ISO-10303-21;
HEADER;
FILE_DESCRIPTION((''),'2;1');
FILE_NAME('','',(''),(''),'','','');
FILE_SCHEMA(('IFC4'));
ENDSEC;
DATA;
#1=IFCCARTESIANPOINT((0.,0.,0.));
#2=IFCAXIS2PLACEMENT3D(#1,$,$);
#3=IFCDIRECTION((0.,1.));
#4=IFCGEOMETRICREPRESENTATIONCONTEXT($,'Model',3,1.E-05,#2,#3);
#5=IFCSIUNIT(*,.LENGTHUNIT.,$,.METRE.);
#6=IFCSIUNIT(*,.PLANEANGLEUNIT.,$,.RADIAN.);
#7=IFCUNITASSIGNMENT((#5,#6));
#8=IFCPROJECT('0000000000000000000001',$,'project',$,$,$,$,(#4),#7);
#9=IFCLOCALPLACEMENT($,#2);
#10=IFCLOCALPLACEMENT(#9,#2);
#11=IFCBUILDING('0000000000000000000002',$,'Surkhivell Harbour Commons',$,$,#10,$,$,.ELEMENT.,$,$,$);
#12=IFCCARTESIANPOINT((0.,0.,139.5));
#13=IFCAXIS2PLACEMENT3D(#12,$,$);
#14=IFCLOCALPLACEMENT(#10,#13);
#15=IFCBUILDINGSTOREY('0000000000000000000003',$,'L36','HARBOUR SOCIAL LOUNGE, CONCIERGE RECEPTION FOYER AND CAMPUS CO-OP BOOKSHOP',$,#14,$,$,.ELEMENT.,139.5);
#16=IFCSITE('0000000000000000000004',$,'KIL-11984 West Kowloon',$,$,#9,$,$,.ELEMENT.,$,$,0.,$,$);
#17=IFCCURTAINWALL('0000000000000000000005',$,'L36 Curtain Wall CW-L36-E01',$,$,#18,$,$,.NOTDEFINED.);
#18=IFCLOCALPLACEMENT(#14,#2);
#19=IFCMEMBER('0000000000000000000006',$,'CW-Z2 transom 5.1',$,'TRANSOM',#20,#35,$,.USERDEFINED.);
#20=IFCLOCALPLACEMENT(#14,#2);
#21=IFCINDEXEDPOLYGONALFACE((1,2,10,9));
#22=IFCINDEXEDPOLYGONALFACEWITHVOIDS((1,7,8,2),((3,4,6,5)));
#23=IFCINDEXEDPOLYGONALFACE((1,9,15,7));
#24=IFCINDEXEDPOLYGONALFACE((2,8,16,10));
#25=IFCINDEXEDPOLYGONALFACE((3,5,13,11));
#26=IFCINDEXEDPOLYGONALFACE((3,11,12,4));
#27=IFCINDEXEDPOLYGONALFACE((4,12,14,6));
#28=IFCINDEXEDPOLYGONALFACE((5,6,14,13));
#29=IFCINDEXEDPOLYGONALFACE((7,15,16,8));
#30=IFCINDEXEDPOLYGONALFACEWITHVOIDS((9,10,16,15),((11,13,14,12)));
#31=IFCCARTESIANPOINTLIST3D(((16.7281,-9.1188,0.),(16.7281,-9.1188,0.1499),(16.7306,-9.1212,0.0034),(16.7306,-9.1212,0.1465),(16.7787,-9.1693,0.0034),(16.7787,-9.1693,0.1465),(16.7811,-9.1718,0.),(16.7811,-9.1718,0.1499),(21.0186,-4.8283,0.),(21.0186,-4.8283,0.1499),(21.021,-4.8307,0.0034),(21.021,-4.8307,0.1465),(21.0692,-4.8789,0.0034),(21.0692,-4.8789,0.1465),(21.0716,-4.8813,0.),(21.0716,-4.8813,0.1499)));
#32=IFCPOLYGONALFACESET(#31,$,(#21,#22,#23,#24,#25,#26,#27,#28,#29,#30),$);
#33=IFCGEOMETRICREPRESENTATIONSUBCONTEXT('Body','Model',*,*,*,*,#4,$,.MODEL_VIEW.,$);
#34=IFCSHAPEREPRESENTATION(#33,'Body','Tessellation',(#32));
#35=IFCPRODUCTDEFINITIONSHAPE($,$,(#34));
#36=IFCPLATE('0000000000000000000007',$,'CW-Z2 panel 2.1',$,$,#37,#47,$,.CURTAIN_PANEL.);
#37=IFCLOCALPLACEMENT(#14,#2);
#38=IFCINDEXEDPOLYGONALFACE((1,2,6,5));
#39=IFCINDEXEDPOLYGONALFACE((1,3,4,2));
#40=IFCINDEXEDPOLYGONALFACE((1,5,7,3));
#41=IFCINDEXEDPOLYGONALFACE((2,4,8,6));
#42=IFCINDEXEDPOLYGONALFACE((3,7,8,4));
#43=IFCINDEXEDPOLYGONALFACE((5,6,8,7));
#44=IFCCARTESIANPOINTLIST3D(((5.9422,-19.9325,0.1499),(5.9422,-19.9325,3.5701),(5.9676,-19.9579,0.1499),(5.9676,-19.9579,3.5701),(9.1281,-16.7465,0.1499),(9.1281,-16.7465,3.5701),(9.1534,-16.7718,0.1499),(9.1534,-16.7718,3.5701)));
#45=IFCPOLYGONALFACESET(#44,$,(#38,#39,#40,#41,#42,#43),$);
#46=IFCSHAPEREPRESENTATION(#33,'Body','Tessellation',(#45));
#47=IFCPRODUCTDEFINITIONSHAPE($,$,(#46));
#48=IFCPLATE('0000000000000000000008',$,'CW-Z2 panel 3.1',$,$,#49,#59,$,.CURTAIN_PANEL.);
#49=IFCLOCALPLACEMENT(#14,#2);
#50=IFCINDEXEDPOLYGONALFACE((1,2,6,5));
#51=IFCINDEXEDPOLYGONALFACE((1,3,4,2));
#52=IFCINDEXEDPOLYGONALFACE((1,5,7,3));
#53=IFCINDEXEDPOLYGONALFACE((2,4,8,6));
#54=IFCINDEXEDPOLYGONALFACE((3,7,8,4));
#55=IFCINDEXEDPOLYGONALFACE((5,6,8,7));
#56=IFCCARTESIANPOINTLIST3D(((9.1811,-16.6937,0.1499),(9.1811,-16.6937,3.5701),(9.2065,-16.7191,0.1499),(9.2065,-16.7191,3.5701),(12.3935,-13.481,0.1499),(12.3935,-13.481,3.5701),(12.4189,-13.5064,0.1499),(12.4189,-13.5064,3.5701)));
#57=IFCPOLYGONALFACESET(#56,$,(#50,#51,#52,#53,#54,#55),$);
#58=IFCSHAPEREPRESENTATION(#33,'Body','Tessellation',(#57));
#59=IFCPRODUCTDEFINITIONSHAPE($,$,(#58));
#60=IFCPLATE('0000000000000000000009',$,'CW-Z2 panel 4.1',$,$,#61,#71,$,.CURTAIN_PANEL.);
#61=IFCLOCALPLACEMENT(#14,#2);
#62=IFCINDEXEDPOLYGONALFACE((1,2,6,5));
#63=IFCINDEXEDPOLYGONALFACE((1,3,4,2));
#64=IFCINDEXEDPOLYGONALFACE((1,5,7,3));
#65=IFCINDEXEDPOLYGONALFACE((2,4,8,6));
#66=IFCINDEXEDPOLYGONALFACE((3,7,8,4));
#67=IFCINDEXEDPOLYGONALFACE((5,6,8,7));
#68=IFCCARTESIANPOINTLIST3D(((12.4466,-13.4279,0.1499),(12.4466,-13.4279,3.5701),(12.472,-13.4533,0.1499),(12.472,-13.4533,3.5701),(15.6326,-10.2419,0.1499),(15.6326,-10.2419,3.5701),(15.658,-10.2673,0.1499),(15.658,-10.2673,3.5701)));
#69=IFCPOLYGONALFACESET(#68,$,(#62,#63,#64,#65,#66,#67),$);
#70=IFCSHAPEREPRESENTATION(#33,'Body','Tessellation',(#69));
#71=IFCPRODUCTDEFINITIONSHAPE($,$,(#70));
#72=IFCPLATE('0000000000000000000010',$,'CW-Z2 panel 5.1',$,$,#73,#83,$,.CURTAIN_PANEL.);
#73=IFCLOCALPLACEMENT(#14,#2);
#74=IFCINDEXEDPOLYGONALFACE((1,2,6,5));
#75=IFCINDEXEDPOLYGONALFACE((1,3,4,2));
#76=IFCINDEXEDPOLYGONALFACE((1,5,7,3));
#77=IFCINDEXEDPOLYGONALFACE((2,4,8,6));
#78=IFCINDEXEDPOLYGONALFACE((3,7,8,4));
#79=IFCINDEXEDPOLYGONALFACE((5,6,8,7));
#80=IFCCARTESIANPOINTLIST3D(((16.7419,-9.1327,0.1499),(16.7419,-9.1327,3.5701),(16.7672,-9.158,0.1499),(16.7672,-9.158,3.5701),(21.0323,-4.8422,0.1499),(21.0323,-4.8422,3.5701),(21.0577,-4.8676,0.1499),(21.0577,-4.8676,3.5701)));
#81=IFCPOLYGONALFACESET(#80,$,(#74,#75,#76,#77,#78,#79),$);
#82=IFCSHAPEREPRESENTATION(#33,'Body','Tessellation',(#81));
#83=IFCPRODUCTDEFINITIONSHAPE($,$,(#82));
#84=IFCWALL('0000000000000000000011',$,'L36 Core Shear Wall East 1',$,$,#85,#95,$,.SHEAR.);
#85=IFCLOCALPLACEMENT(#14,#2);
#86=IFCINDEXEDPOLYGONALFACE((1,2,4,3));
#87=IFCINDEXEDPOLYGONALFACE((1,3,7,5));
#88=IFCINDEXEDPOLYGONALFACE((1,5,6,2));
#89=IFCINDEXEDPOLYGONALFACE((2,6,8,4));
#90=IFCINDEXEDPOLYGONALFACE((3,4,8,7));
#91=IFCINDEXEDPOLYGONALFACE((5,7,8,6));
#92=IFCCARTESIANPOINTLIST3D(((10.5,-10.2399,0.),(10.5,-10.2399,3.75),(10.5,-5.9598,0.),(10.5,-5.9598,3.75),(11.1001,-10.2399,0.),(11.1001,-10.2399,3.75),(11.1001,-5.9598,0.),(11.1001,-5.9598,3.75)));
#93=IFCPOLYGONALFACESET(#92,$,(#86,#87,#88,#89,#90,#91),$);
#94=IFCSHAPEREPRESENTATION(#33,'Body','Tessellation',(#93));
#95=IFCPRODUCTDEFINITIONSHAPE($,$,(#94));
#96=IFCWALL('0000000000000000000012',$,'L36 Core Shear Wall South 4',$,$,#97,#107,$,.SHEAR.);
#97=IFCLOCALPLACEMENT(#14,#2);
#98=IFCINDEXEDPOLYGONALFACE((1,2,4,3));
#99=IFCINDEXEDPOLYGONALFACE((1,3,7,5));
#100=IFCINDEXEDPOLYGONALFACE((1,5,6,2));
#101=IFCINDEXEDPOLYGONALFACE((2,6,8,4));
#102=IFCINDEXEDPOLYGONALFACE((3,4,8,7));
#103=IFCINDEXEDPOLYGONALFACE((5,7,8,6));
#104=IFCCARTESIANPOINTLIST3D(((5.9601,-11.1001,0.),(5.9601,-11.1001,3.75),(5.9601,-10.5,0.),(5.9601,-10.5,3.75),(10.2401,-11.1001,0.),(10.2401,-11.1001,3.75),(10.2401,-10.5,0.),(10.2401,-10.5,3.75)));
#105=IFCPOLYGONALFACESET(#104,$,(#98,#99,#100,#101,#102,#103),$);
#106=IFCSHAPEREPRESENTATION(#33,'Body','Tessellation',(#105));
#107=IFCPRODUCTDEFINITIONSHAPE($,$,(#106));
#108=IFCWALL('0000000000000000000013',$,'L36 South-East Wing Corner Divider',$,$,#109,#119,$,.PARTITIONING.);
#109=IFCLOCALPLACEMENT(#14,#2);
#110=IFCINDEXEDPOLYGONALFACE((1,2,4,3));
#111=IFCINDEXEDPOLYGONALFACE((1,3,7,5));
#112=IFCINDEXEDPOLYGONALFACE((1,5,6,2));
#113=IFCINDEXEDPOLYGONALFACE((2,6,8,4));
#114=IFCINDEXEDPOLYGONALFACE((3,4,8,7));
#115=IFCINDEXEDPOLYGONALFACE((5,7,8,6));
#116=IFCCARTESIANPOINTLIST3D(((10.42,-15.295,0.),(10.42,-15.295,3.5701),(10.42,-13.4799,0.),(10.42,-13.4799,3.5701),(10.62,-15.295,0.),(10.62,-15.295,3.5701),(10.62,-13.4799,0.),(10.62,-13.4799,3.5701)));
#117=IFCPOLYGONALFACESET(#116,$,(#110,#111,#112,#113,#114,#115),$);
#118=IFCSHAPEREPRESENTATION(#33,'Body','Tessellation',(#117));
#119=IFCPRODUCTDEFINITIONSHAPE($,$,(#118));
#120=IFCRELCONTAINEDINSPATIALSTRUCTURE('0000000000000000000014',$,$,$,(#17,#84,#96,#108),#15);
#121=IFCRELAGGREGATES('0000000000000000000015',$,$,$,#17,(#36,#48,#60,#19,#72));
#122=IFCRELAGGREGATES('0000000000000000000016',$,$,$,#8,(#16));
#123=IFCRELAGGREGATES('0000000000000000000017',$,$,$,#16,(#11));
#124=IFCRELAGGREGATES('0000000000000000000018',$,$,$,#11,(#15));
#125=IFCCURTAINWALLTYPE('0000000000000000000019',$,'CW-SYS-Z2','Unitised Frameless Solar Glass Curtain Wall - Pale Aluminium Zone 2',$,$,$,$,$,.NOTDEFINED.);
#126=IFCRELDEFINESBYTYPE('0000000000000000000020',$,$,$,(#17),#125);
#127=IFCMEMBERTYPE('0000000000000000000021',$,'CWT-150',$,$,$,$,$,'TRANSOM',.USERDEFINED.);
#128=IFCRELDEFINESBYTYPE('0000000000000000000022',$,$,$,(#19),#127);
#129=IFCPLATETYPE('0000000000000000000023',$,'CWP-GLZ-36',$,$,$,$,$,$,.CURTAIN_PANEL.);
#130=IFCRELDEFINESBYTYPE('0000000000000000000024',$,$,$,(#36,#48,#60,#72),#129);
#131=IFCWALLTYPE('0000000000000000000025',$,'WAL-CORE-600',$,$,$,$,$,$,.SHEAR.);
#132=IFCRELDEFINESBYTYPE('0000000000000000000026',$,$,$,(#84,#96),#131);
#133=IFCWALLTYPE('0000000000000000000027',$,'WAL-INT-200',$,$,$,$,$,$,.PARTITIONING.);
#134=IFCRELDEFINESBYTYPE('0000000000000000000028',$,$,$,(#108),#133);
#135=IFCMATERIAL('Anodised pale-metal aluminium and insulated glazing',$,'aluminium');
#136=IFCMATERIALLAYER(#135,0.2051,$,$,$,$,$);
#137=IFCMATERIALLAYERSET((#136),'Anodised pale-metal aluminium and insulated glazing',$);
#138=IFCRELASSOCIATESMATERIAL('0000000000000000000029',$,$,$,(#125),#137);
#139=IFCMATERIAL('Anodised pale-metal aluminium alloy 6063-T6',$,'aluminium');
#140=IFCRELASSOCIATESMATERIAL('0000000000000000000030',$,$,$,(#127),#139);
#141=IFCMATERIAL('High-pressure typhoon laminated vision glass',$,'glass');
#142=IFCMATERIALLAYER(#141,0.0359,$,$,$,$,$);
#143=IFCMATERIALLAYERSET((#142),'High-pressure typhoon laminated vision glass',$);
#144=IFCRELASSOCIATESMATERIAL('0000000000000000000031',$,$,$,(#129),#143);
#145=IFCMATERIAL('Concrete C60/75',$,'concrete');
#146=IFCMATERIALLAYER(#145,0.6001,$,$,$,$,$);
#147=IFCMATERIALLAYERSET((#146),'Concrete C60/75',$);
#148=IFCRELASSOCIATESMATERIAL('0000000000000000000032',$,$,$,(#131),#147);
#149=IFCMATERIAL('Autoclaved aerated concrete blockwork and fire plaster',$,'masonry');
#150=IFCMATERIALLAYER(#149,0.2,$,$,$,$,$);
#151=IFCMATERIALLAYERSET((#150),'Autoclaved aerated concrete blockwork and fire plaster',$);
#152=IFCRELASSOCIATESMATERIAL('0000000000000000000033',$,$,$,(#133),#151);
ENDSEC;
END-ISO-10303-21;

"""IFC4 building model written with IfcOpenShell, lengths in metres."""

from ifc_helpers import new_model, si_unit, direction, frame, frame_2d, origin, origin_2d, place, context, subcontext, project, spatial, rectangle, hollow_rectangle, extrude, material, layer, layer_set, material_profile, profile_set, type_object, element, aggregate, save


model = new_model("IFC4")

# Units and contexts
model_context = context("Model", 3, precision=1e-05, world=origin(), true_north=direction((0.0, 1.0)))
body_context = subcontext(model_context, "Body", "Model", "MODEL_VIEW")
ifc_project = project(units=[si_unit("LENGTHUNIT", "METRE"), si_unit("PLANEANGLEUNIT", "RADIAN")], contexts=[model_context])

# Site, building, storey
site_placement = place(None, origin())
site = spatial("IfcSite", under=ifc_project, at=site_placement, Name="KIL-11984 West Kowloon", CompositionType="ELEMENT", RefElevation=0.0)
building_placement = place(site_placement, origin())
building = spatial("IfcBuilding", under=site, at=building_placement, Name="Surkhivell Harbour Commons", CompositionType="ELEMENT")
storey_placement = place(building_placement, frame((0.0, 0.0, 139.5)))
storey = spatial("IfcBuildingStorey", under=building, at=storey_placement, Name="L36", Description="HARBOUR SOCIAL LOUNGE, CONCIERGE RECEPTION FOYER AND CAMPUS CO-OP BOOKSHOP", CompositionType="ELEMENT", Elevation=139.5)

# Shared definitions
ifc_material_1 = material(Name="Concrete C60/75", Category="concrete")

# Curtain wall, member, plates
ifc_material_2 = material(Name="Anodised pale-metal aluminium and insulated glazing", Category="aluminium")
ifc_layer_1 = layer(ifc_material_2, 0.2051)
ifc_layer_set_1 = layer_set([ifc_layer_1], Name="Anodised pale-metal aluminium and insulated glazing")
curtain_wall_type = type_object("IfcCurtainWallType", Name="CW-SYS-Z2", Description="Unitised Frameless Solar Glass Curtain Wall - Pale Aluminium Zone 2", PredefinedType="NOTDEFINED", material=ifc_layer_set_1)
curtain_wall_placement = place(storey_placement, origin())
curtain_wall = element("IfcCurtainWall", 1, at=curtain_wall_placement, inside=storey, type_object=curtain_wall_type, Name="L36 Curtain Wall CW-L36-E01", PredefinedType="NOTDEFINED")
ifc_material_3 = material(Name="Anodised pale-metal aluminium alloy 6063-T6", Category="aluminium")
ifc_material_profile_1 = material_profile(ifc_material_3, hollow_rectangle(XDim=0.075, YDim=0.1499, WallThickness=0.0034, at=origin_2d()), Name="ALU-TRAN-75x150")
ifc_profile_set_1 = profile_set([ifc_material_profile_1], Name="Anodised pale-metal aluminium alloy 6063-T6")
member_type_1 = type_object("IfcMemberType", Name="CWT-150", ElementType="TRANSOM", PredefinedType="USERDEFINED", material=ifc_profile_set_1)
member_1_placement = place(storey_placement, frame((16.7546, -9.1453, 0.075), z_axis=(0.707107, 0.707107, 0.0), x_axis=(-0.707107, 0.707107, 0.0)))
member_1 = element("IfcMember", 2, at=member_1_placement, type_object=member_type_1, Name="CW-Z2 transom 5.1", ObjectType="TRANSOM", PredefinedType="USERDEFINED", context=body_context, shape_type="SweptSolid", body=[
    extrude(hollow_rectangle(XDim=0.075, YDim=0.1499, WallThickness=0.0034, at=origin_2d()), origin(), (0.0, 0.0, 1.0), 6.0676),
])
ifc_material_4 = material(Name="High-pressure typhoon laminated vision glass", Category="glass")
ifc_layer_2 = layer(ifc_material_4, 0.0359)
ifc_layer_set_2 = layer_set([ifc_layer_2], Name="High-pressure typhoon laminated vision glass")
plate_type = type_object("IfcPlateType", Name="CWP-GLZ-36", PredefinedType="CURTAIN_PANEL", material=ifc_layer_set_2)
plate_1_placement = place(storey_placement, frame((5.9548, -19.9453, 0.1499), z_axis=(0.0, 0.0, 1.0), x_axis=(0.70708, 0.707134, 0.0)))
plate_1 = element("IfcPlate", 3, at=plate_1_placement, type_object=plate_type, Name="CW-Z2 panel 2.1", PredefinedType="CURTAIN_PANEL", context=body_context, shape_type="SweptSolid", body=[
    extrude(rectangle(XDim=4.5056, YDim=0.0359, at=frame_2d((2.2529, 0.0))), origin(), (0.0, 0.0, 1.0), 3.4202),
])
plate_2_placement = place(storey_placement, frame((9.1938, -16.7063, 0.1499), z_axis=(0.0, 0.0, 1.0), x_axis=(0.70708, 0.707134, 0.0)))
plate_2 = element("IfcPlate", 4, at=plate_2_placement, type_object=plate_type, Name="CW-Z2 panel 3.1", PredefinedType="CURTAIN_PANEL", context=body_context, shape_type="SweptSolid", body=[
    extrude(rectangle(XDim=4.5432, YDim=0.0359, at=frame_2d((2.2715, 0.0))), origin(), (0.0, 0.0, 1.0), 3.4202),
])
plate_3_placement = place(storey_placement, frame((12.4592, -13.4407, 0.1499), z_axis=(0.0, 0.0, 1.0), x_axis=(0.707107, 0.707107, 0.0)))
plate_3 = element("IfcPlate", 5, at=plate_3_placement, type_object=plate_type, Name="CW-Z2 panel 4.1", PredefinedType="CURTAIN_PANEL", context=body_context, shape_type="SweptSolid", body=[
    extrude(rectangle(XDim=4.5056, YDim=0.0359, at=frame_2d((2.2529, 0.0))), origin(), (0.0, 0.0, 1.0), 3.4202),
])
plate_4_placement = place(storey_placement, frame((16.7546, -9.1453, 0.1499), z_axis=(0.0, 0.0, 1.0), x_axis=(0.707107, 0.707107, 0.0)))
plate_4 = element("IfcPlate", 6, at=plate_4_placement, type_object=plate_type, Name="CW-Z2 panel 5.1", PredefinedType="CURTAIN_PANEL", context=body_context, shape_type="SweptSolid", body=[
    extrude(rectangle(XDim=6.0676, YDim=0.0359, at=frame_2d((3.0337, 0.0))), origin(), (0.0, 0.0, 1.0), 3.4202),
])
aggregate(curtain_wall, [plate_1, plate_2, plate_3, member_1, plate_4])

# Walls
ifc_layer_3 = layer(ifc_material_1, 0.6001)
ifc_layer_set_3 = layer_set([ifc_layer_3], Name="Concrete C60/75")
wall_type_1 = type_object("IfcWallType", Name="WAL-CORE-600", PredefinedType="SHEAR", material=ifc_layer_set_3)
for number, where, z_axis, x_axis, name in (
    (7, (10.8, -10.24, 0.0), (0.0, 0.0, 1.0), (0.0, 1.0, 0.0), "L36 Core Shear Wall East 1"),
    (8, (5.96, -10.8, 0.0), (0.0, 0.0, 1.0), (1.0, 0.0, 0.0), "L36 Core Shear Wall South 4"),
):
    element("IfcWall", number, at=place(storey_placement, frame(where, z_axis=z_axis, x_axis=x_axis)), inside=storey, type_object=wall_type_1, Name=name, PredefinedType="SHEAR", context=body_context, shape_type="SweptSolid", body=[
        extrude(rectangle(XDim=4.28, YDim=0.6001, at=frame_2d((2.1401, 0.0))), origin(), (0.0, 0.0, 1.0), 3.75),
    ])
ifc_material_5 = material(Name="Autoclaved aerated concrete blockwork and fire plaster", Category="masonry")
ifc_layer_4 = layer(ifc_material_5, 0.2)
ifc_layer_set_4 = layer_set([ifc_layer_4], Name="Autoclaved aerated concrete blockwork and fire plaster")
wall_type_2 = type_object("IfcWallType", Name="WAL-INT-200", PredefinedType="PARTITIONING", material=ifc_layer_set_4)
wall_1_placement = place(storey_placement, frame((10.52, -15.2952, 0.0), z_axis=(0.0, 0.0, 1.0), x_axis=(0.0, 1.0, 0.0)))
element("IfcWall", 9, at=wall_1_placement, inside=storey, type_object=wall_type_2, Name="L36 South-East Wing Corner Divider", PredefinedType="PARTITIONING", context=body_context, shape_type="SweptSolid", body=[
    extrude(rectangle(XDim=1.8152, YDim=0.2, at=frame_2d((0.9077, 0.0))), origin(), (0.0, 0.0, 1.0), 3.5701),
])

save(model, "model.ifc")
